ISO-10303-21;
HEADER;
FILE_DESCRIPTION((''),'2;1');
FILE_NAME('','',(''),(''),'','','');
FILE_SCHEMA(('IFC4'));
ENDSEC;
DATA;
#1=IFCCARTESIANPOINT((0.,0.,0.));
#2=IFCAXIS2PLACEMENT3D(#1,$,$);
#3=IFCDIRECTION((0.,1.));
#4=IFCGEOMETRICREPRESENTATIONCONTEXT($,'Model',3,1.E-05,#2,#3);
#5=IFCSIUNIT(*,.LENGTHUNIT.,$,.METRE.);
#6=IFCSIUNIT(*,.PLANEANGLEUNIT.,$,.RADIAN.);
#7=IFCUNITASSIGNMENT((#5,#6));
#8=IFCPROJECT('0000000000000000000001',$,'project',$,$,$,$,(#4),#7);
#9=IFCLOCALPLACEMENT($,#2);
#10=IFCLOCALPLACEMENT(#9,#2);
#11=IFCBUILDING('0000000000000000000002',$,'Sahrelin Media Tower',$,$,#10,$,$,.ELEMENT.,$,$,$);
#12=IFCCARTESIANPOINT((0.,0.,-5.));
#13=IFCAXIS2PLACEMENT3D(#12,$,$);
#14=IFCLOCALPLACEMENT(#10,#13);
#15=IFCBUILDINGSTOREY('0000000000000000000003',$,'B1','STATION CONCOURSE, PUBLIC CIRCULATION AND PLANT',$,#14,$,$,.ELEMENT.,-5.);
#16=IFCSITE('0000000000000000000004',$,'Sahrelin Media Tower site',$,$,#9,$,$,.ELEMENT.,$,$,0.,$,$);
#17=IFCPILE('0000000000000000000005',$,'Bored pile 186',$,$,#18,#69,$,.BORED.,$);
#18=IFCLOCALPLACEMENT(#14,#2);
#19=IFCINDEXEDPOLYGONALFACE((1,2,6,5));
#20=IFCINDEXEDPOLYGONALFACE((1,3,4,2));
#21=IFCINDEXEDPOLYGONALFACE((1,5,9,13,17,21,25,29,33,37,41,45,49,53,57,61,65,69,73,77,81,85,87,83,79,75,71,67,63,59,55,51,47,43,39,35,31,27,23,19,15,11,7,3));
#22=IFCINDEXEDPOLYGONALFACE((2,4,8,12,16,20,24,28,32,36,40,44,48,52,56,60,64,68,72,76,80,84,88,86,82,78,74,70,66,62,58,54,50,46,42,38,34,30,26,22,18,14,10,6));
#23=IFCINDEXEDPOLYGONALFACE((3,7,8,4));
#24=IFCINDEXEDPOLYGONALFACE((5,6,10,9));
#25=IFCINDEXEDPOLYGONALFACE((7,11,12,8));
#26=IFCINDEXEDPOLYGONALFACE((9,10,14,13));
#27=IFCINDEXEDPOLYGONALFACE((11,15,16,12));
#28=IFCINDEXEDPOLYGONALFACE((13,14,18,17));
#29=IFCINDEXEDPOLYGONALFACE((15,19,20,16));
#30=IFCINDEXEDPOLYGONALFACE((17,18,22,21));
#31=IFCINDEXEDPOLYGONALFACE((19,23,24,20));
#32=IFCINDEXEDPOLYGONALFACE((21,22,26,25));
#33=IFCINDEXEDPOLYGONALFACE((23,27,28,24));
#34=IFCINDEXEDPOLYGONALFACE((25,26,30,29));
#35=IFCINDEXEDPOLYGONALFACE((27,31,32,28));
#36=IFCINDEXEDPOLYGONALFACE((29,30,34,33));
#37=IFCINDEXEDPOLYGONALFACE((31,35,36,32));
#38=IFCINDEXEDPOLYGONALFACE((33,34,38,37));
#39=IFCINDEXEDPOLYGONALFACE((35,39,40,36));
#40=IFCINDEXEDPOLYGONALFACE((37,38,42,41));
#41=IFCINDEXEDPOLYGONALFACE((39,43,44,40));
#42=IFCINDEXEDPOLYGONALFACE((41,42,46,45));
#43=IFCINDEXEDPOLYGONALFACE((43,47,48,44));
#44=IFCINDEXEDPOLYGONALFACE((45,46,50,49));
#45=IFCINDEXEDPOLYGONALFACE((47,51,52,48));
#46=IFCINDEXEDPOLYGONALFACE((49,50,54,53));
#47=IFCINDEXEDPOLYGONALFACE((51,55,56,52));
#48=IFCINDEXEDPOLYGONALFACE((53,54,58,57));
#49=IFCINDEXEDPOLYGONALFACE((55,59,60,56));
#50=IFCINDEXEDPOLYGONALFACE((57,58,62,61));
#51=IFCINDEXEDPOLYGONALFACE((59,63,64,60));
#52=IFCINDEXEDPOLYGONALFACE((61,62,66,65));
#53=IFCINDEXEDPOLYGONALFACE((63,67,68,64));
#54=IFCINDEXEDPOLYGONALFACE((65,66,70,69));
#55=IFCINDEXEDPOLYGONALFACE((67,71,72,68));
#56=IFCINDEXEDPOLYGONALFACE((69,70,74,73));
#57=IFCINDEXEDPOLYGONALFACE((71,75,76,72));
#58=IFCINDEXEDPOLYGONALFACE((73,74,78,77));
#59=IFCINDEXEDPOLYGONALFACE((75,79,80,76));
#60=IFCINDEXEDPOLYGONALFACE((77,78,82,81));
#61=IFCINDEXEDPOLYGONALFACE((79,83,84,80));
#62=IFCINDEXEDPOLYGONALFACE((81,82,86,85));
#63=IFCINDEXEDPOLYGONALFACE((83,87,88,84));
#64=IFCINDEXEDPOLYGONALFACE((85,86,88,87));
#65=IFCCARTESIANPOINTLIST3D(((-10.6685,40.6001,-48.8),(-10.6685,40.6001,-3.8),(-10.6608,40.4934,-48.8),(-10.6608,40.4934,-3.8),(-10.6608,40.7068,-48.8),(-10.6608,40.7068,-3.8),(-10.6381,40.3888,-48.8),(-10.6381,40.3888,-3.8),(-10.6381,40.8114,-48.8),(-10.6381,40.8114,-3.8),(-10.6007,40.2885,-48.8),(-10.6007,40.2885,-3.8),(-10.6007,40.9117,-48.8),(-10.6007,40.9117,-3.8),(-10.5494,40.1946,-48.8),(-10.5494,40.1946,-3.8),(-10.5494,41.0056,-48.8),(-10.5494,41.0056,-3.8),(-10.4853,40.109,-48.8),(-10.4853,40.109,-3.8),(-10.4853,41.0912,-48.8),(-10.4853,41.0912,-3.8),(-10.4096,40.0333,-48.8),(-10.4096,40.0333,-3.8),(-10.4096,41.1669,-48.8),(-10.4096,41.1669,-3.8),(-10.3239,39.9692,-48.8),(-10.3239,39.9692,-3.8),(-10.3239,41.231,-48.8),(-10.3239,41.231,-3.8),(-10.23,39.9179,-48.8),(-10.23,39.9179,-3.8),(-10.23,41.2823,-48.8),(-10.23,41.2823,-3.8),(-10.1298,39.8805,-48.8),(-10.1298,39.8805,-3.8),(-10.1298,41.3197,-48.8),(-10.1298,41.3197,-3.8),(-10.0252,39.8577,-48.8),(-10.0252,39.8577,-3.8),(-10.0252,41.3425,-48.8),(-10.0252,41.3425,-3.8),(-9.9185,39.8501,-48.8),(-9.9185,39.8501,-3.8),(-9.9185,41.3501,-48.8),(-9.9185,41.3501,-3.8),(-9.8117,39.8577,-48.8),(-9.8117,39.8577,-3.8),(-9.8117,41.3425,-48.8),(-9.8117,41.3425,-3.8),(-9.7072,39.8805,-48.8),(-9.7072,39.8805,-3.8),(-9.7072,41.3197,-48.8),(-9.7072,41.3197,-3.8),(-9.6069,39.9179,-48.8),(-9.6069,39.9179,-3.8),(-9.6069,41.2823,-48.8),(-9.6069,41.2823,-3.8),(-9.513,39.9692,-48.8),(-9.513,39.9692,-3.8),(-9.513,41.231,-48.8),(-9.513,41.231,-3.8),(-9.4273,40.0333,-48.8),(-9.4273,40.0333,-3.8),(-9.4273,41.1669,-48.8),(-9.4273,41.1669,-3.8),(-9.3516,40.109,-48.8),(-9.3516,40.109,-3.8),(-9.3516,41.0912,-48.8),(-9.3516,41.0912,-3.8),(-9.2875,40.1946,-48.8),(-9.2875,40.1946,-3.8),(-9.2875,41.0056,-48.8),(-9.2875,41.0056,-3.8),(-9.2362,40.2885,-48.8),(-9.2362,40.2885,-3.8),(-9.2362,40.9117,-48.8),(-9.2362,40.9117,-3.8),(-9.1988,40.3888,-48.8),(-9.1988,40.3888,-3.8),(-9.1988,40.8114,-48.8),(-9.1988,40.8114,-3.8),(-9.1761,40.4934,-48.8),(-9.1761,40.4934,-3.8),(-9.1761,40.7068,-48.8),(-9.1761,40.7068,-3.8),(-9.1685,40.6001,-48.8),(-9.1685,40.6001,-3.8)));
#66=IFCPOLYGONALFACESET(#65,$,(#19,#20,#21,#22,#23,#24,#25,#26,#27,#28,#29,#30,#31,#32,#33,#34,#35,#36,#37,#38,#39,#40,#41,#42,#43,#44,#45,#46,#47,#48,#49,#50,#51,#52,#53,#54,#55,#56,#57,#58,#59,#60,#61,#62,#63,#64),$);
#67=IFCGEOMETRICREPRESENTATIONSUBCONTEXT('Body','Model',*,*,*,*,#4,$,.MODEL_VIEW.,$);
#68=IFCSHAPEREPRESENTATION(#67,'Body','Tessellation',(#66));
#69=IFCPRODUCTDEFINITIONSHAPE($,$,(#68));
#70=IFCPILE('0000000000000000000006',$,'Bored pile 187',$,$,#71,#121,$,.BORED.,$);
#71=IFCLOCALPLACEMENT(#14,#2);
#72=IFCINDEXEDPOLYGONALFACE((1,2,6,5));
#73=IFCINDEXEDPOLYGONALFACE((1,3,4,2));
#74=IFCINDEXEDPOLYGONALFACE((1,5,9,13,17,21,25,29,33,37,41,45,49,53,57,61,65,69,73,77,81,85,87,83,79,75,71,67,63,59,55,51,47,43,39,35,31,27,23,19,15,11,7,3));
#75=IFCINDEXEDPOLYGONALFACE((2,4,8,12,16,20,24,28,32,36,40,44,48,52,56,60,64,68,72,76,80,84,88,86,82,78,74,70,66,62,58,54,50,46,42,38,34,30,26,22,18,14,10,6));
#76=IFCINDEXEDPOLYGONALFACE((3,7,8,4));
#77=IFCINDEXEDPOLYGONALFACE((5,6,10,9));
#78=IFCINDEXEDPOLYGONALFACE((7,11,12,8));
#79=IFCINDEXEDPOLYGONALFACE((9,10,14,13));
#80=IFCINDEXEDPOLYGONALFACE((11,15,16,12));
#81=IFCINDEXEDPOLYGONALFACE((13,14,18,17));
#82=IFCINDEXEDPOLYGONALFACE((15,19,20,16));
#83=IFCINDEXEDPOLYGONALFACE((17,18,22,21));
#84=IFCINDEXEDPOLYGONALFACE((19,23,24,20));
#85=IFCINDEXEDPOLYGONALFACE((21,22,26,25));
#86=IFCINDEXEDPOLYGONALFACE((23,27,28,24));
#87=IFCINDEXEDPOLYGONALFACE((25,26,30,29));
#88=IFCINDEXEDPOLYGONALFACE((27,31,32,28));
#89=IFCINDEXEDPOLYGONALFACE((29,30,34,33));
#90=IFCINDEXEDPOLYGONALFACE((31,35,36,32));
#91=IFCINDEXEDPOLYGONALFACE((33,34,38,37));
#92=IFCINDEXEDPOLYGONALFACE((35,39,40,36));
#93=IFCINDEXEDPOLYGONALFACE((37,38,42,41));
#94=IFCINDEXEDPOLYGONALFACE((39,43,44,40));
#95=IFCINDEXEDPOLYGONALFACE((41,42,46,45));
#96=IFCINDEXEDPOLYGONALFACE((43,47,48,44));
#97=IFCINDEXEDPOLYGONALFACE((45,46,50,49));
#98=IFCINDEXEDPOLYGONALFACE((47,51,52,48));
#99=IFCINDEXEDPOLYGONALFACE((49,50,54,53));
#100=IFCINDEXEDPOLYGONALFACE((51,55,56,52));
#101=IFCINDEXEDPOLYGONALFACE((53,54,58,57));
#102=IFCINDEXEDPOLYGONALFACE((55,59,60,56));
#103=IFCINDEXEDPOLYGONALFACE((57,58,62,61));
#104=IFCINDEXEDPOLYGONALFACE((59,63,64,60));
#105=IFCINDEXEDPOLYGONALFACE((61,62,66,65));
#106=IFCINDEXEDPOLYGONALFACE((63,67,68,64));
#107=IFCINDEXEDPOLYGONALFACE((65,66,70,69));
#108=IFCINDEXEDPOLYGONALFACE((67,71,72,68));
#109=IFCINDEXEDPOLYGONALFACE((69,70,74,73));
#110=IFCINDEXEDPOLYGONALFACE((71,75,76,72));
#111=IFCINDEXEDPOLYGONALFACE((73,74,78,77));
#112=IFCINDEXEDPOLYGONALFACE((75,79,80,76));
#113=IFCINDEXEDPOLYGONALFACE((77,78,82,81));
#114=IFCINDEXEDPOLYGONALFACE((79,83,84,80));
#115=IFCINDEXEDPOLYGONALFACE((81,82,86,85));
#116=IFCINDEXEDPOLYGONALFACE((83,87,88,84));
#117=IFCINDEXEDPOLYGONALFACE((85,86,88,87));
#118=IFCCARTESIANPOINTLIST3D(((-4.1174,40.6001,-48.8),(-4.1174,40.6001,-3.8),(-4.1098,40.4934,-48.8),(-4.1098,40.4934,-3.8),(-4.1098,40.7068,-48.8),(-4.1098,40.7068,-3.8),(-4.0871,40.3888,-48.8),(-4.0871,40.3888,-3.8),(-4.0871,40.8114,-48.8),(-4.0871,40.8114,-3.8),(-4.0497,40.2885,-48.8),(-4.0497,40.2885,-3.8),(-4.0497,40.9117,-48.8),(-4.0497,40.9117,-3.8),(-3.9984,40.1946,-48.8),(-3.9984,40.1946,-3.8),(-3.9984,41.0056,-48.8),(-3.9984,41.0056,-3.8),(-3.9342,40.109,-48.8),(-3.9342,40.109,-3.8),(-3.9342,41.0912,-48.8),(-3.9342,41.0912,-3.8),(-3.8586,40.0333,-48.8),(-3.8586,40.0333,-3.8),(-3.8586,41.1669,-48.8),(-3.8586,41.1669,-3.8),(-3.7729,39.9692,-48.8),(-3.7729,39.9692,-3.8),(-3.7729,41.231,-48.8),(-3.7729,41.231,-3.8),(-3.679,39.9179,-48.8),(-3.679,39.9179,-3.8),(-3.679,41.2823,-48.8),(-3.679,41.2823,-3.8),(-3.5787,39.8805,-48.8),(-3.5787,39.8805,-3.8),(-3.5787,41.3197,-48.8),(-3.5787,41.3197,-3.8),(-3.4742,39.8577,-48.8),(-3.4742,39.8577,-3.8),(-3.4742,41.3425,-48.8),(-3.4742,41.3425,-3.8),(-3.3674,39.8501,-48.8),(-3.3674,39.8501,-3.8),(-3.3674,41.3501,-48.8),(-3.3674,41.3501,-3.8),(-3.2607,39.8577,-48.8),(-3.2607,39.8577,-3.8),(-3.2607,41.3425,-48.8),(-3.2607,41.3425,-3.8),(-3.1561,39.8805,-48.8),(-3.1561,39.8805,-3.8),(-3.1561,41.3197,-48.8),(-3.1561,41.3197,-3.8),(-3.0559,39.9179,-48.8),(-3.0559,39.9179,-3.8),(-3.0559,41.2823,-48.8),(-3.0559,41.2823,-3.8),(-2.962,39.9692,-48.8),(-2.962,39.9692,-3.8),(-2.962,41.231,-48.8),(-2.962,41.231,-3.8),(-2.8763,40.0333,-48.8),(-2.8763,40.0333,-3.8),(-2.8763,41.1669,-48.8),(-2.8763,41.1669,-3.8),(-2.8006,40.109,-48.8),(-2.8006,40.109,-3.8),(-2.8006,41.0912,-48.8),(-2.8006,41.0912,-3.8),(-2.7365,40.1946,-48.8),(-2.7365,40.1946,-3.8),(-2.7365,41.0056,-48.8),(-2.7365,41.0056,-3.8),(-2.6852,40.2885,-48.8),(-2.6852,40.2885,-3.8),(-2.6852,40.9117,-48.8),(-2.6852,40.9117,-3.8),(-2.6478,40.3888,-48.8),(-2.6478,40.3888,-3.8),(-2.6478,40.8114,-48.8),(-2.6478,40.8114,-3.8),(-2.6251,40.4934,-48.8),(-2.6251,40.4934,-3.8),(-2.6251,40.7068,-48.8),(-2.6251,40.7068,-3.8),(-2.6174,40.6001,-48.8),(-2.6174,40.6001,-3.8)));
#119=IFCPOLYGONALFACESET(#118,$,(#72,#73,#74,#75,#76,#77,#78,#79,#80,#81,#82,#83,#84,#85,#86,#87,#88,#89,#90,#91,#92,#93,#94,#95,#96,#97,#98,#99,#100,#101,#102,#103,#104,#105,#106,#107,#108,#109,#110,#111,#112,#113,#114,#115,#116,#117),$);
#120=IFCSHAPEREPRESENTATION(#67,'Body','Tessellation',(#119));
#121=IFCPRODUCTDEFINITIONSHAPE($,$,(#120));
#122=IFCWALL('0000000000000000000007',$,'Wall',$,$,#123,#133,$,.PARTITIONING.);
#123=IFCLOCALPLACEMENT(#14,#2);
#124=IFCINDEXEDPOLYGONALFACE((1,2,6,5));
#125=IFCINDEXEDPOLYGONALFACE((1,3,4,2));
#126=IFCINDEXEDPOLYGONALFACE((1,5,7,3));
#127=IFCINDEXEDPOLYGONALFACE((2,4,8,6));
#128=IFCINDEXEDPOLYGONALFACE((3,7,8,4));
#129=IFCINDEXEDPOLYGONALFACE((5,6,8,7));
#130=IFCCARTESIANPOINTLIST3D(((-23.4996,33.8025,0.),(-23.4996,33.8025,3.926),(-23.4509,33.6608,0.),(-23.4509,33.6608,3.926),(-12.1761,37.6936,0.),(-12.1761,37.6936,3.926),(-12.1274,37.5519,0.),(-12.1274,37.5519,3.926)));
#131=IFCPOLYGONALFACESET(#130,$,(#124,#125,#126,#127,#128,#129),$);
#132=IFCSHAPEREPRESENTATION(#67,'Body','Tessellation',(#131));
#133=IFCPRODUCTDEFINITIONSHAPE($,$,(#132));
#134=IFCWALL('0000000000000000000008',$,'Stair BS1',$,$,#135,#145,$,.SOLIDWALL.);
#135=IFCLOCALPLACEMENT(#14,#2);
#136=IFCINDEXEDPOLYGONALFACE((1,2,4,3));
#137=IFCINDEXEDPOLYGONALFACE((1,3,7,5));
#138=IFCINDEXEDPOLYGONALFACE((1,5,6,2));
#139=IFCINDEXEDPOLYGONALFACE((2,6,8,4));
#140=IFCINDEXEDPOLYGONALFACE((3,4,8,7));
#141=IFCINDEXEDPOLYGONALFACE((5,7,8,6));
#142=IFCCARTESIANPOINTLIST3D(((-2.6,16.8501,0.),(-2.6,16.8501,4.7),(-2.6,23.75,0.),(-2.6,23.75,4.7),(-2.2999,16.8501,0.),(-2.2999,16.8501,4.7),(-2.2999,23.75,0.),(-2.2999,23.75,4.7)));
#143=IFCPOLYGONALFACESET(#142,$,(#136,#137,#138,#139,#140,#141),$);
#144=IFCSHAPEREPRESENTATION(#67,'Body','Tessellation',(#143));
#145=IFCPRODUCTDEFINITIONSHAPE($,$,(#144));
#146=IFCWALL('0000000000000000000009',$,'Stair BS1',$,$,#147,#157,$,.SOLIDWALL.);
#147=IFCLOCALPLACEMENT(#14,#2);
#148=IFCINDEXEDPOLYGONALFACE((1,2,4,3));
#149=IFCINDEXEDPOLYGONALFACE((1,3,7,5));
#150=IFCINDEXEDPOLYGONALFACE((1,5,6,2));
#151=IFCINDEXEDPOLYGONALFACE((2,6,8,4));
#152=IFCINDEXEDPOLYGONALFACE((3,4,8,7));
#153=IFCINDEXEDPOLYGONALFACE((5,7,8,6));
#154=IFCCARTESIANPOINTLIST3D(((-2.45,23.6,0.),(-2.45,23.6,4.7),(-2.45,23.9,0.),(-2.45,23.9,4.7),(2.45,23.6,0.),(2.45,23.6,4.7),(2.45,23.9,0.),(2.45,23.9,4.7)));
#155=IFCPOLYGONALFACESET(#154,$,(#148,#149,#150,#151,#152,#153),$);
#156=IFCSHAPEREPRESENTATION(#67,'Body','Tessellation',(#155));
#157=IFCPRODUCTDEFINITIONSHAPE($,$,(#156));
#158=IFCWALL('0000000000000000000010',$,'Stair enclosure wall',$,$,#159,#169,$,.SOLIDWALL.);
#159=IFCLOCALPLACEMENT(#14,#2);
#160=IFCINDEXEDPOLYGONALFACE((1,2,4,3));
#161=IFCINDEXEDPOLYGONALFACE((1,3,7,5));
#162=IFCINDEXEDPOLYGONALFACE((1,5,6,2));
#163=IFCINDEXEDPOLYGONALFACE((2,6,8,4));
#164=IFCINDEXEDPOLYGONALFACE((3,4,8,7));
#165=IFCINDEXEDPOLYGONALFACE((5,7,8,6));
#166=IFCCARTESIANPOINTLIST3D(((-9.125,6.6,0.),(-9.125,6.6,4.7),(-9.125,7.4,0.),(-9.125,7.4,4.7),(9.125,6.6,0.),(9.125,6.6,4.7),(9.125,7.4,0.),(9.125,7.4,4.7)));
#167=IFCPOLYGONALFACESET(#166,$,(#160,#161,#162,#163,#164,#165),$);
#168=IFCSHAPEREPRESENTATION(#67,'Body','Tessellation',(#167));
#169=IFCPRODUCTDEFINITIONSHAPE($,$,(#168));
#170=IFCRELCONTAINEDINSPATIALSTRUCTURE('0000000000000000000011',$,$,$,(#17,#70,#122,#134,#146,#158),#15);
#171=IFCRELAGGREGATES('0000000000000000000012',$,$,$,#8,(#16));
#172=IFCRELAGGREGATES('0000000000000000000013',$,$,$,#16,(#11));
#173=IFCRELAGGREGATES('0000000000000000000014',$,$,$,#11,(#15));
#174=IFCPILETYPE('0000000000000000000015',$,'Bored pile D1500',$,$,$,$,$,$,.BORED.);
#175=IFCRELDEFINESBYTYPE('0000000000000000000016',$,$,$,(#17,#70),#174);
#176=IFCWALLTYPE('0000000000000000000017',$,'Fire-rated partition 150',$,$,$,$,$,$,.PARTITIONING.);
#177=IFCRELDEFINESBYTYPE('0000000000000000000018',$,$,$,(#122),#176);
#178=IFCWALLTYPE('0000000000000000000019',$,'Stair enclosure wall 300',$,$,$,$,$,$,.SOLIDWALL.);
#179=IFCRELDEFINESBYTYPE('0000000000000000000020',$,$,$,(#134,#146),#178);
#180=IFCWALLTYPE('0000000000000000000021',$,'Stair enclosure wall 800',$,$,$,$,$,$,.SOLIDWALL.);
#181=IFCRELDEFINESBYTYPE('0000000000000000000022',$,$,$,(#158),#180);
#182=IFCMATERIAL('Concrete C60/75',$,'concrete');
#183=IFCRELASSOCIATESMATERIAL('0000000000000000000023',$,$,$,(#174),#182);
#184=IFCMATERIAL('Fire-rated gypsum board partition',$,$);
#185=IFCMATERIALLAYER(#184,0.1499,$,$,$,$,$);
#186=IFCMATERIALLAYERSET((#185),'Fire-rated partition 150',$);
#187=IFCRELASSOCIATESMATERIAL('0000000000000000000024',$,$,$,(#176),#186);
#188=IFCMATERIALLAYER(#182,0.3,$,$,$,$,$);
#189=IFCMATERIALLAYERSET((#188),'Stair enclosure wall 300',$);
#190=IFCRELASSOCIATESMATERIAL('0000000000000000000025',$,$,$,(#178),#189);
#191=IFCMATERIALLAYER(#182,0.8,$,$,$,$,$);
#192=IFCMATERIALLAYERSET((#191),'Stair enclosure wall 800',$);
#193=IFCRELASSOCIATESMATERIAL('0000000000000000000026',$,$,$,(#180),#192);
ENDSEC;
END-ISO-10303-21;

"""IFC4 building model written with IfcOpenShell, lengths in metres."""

from ifc_helpers import new_model, si_unit, direction, frame, frame_2d, origin, origin_2d, place, context, subcontext, project, spatial, rectangle, circle, extrude, material, layer, layer_set, material_profile, profile_set, type_object, element, save


model = new_model("IFC4")

# Units and contexts
model_context = context("Model", 3, precision=1e-05, world=origin(), true_north=direction((0.0, 1.0)))
body_context = subcontext(model_context, "Body", "Model", "MODEL_VIEW")
ifc_project = project(units=[si_unit("LENGTHUNIT", "METRE"), si_unit("PLANEANGLEUNIT", "RADIAN")], contexts=[model_context])

# Site, building, storey
site_placement = place(None, origin())
site = spatial("IfcSite", under=ifc_project, at=site_placement, Name="Sahrelin Media Tower site", CompositionType="ELEMENT", RefElevation=0.0)
building_placement = place(site_placement, origin())
building = spatial("IfcBuilding", under=site, at=building_placement, Name="Sahrelin Media Tower", CompositionType="ELEMENT")
storey_placement = place(building_placement, frame((0.0, 0.0, -5.0)))
storey = spatial("IfcBuildingStorey", under=building, at=storey_placement, Name="B1", Description="STATION CONCOURSE, PUBLIC CIRCULATION AND PLANT", CompositionType="ELEMENT", Elevation=-5.0)

# Piles
ifc_material_1 = material(Name="Concrete C60/75", Category="concrete")
ifc_material_profile = material_profile(ifc_material_1, circle(Radius=0.75, at=origin_2d()), Name="Bored pile D1500")
ifc_profile_set = profile_set([ifc_material_profile], Name="Concrete C60/75")
pile_type = type_object("IfcPileType", Name="Bored pile D1500", PredefinedType="BORED", material=ifc_profile_set)
for number, where, z_axis, x_axis, name in (
    (1, (-9.9185, 40.6001, -3.8), (0.0, 0.0, -1.0), (1.0, 0.0, 0.0), "Bored pile 186"),
    (2, (-3.3674, 40.6001, -3.8), (0.0, 0.0, -1.0), (1.0, 0.0, 0.0), "Bored pile 187"),
):
    element("IfcPile", number, at=place(storey_placement, frame(where, z_axis=z_axis, x_axis=x_axis)), inside=storey, type_object=pile_type, Name=name, PredefinedType="BORED", context=body_context, shape_type="SweptSolid", body=[
        extrude(circle(Radius=0.75, at=origin_2d()), origin(), (0.0, 0.0, 1.0), 45.0),
    ])

# Walls
ifc_material_2 = material(Name="Fire-rated gypsum board partition")
ifc_layer_1 = layer(ifc_material_2, 0.1499)
ifc_layer_set_1 = layer_set([ifc_layer_1], Name="Fire-rated partition 150")
wall_type_1 = type_object("IfcWallType", Name="Fire-rated partition 150", PredefinedType="PARTITIONING", material=ifc_layer_set_1)
wall_1_placement = place(storey_placement, frame((-12.1516, 37.6228, 0.0), z_axis=(0.0, 0.0, 1.0), x_axis=(-0.945721, -0.32498, 0.0)))
element("IfcWall", 3, at=wall_1_placement, inside=storey, type_object=wall_type_1, Name="Wall", PredefinedType="PARTITIONING", context=body_context, shape_type="SweptSolid", body=[
    extrude(rectangle(XDim=11.9734, YDim=0.1499, at=frame_2d((5.9868, 0.0))), origin(), (0.0, 0.0, 1.0), 3.926),
])
ifc_layer_2 = layer(ifc_material_1, 0.3)
ifc_layer_set_2 = layer_set([ifc_layer_2], Name="Stair enclosure wall 300")
wall_type_2 = type_object("IfcWallType", Name="Stair enclosure wall 300", PredefinedType="SOLIDWALL", material=ifc_layer_set_2)
wall_2_placement = place(storey_placement, frame((-2.45, 16.8501, 0.0), z_axis=(0.0, 0.0, 1.0), x_axis=(0.0, 1.0, 0.0)))
element("IfcWall", 4, at=wall_2_placement, inside=storey, type_object=wall_type_2, Name="Stair BS1", PredefinedType="SOLIDWALL", context=body_context, shape_type="SweptSolid", body=[
    extrude(rectangle(XDim=6.8999, YDim=0.3, at=frame_2d((3.45, 0.0))), origin(), (0.0, 0.0, 1.0), 4.7),
])
wall_3_placement = place(storey_placement, frame((-2.45, 23.75, 0.0), z_axis=(0.0, 0.0, 1.0), x_axis=(1.0, 0.0, 0.0)))
element("IfcWall", 5, at=wall_3_placement, inside=storey, type_object=wall_type_2, Name="Stair BS1", PredefinedType="SOLIDWALL", context=body_context, shape_type="SweptSolid", body=[
    extrude(rectangle(XDim=4.8999, YDim=0.3, at=frame_2d((2.45, 0.0))), origin(), (0.0, 0.0, 1.0), 4.7),
])
ifc_layer_3 = layer(ifc_material_1, 0.8)
ifc_layer_set_3 = layer_set([ifc_layer_3], Name="Stair enclosure wall 800")
wall_type_3 = type_object("IfcWallType", Name="Stair enclosure wall 800", PredefinedType="SOLIDWALL", material=ifc_layer_set_3)
wall_4_placement = place(storey_placement, frame((-9.125, 7.0, 0.0), z_axis=(0.0, 0.0, 1.0), x_axis=(1.0, 0.0, 0.0)))
element("IfcWall", 6, at=wall_4_placement, inside=storey, type_object=wall_type_3, Name="Stair enclosure wall", PredefinedType="SOLIDWALL", context=body_context, shape_type="SweptSolid", body=[
    extrude(rectangle(XDim=18.25, YDim=0.8, at=frame_2d((9.125, 0.0))), origin(), (0.0, 0.0, 1.0), 4.7),
])

save(model, "model.ifc")
